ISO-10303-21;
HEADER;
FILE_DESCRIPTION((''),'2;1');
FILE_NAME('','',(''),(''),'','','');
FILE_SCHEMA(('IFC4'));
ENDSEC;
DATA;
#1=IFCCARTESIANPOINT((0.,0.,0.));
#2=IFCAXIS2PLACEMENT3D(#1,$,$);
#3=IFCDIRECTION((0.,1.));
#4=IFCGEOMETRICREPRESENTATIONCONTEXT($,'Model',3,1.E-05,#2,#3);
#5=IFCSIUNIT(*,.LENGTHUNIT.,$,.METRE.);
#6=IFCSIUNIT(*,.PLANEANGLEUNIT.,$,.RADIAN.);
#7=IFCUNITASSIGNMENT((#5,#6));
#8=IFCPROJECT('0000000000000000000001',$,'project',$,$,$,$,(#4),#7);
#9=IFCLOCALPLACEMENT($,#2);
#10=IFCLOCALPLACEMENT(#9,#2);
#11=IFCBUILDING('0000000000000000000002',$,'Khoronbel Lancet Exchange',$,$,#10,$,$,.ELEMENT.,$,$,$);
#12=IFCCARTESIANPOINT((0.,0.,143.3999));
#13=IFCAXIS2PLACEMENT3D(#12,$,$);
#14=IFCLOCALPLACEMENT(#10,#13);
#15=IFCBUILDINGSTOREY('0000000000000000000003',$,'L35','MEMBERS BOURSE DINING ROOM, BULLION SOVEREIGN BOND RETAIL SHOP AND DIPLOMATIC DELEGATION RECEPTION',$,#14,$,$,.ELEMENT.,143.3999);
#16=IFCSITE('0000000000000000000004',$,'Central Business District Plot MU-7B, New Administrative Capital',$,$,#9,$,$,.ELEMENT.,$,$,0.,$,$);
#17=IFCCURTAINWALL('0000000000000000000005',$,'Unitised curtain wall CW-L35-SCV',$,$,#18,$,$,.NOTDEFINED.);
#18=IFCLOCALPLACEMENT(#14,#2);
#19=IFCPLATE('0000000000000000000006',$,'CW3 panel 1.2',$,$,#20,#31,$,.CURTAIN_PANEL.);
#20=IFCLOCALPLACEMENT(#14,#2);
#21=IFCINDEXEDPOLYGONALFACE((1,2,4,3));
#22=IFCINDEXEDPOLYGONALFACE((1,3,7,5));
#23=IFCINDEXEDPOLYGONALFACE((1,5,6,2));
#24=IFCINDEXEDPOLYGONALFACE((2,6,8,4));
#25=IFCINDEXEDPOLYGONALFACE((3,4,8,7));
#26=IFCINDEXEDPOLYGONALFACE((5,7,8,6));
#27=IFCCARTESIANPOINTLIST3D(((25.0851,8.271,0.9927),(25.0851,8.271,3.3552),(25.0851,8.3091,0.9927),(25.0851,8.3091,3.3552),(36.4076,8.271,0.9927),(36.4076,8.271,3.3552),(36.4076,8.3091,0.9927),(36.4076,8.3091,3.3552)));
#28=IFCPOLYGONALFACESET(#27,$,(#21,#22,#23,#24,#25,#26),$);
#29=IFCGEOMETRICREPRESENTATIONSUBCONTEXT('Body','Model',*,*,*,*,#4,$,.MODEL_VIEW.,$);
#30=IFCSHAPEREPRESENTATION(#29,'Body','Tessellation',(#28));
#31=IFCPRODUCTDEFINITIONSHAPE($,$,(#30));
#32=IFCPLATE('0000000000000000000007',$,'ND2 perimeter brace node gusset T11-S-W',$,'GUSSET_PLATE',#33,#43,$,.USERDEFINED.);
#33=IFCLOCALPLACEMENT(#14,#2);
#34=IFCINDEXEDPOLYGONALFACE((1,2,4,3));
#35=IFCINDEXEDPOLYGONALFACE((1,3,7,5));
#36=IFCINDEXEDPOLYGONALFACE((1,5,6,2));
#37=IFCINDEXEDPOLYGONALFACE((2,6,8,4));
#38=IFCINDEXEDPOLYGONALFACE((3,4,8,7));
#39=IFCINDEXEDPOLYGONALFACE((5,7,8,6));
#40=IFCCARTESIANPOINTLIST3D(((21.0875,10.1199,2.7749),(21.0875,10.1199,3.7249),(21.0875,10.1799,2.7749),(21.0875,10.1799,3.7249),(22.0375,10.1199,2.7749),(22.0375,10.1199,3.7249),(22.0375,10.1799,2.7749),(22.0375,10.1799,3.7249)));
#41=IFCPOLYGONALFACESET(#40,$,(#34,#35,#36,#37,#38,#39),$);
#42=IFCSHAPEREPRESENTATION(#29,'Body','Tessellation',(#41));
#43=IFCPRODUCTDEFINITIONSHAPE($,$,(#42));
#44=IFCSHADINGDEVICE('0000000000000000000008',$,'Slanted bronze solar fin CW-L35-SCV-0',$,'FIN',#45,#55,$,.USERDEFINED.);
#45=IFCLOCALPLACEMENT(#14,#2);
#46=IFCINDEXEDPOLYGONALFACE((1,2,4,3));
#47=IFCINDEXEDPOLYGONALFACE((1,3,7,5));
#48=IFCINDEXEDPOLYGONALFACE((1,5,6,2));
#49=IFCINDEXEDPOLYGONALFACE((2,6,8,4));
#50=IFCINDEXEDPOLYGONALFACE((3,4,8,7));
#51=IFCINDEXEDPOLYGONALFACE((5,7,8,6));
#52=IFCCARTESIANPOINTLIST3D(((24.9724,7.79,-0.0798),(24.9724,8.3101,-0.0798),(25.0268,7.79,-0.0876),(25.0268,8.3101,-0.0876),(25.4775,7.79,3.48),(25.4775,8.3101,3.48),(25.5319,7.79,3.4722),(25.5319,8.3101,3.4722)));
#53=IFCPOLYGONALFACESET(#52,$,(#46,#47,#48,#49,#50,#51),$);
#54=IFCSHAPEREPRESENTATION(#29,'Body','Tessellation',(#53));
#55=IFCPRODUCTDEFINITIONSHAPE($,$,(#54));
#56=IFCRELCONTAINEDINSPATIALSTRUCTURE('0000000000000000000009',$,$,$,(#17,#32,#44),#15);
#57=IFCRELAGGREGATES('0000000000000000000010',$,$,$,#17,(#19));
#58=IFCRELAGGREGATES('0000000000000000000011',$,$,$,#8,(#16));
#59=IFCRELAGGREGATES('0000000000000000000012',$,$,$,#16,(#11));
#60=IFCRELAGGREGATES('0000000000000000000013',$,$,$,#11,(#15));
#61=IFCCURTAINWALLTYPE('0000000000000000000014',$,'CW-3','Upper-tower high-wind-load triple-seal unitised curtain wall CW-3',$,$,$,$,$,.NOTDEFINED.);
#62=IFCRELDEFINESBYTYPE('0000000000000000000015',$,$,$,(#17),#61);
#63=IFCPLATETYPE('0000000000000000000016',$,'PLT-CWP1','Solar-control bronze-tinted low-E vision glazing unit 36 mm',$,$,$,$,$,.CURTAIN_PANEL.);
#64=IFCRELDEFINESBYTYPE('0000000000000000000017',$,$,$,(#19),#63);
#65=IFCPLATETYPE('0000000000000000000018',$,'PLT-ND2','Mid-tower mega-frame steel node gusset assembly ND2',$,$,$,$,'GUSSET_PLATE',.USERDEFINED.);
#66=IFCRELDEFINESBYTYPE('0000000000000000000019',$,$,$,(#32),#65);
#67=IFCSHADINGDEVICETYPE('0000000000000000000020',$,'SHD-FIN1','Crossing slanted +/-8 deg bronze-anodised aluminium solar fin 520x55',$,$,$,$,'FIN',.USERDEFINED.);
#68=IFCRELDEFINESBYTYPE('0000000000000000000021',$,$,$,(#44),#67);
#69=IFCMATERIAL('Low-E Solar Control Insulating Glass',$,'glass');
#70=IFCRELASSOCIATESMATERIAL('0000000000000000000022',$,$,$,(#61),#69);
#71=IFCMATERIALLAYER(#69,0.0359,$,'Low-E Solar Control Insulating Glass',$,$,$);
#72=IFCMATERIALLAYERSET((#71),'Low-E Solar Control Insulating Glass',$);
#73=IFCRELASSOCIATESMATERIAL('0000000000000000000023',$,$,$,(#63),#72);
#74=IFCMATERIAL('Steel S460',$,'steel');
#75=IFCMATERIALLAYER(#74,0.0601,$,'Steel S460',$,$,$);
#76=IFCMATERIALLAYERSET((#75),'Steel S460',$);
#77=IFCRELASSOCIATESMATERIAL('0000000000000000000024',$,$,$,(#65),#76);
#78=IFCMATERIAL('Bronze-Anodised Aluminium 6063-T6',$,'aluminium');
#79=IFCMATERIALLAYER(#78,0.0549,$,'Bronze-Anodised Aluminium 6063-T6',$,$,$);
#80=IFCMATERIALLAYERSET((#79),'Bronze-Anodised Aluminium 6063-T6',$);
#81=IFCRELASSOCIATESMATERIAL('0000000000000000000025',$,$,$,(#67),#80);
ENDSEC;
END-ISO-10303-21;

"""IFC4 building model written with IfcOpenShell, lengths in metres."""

from ifc_helpers import new_model, si_unit, direction, frame, origin, origin_2d, place, context, subcontext, project, spatial, polyline, rectangle, outline, extrude, material, layer, layer_set, type_object, element, aggregate, save


model = new_model("IFC4")

# Units and contexts
model_context = context("Model", 3, precision=1e-05, world=origin(), true_north=direction((0.0, 1.0)))
body_context = subcontext(model_context, "Body", "Model", "MODEL_VIEW")
ifc_project = project(units=[si_unit("LENGTHUNIT", "METRE"), si_unit("PLANEANGLEUNIT", "RADIAN")], contexts=[model_context])

# Site, building, storey
site_placement = place(None, origin())
site = spatial("IfcSite", under=ifc_project, at=site_placement, Name="Central Business District Plot MU-7B, New Administrative Capital", CompositionType="ELEMENT", RefElevation=0.0)
building_placement = place(site_placement, origin())
building = spatial("IfcBuilding", under=site, at=building_placement, Name="Khoronbel Lancet Exchange", CompositionType="ELEMENT")
storey_placement = place(building_placement, frame((0.0, 0.0, 143.3999)))
storey = spatial("IfcBuildingStorey", under=building, at=storey_placement, Name="L35", Description="MEMBERS BOURSE DINING ROOM, BULLION SOVEREIGN BOND RETAIL SHOP AND DIPLOMATIC DELEGATION RECEPTION", CompositionType="ELEMENT", Elevation=143.3999)

# Shared definitions
ifc_material_1 = material(Name="Steel S460", Category="steel")

# Shared definitions
ifc_material_2 = material(Name="Low-E Solar Control Insulating Glass", Category="glass")
curtain_wall_type = type_object("IfcCurtainWallType", Name="CW-3", Description="Upper-tower high-wind-load triple-seal unitised curtain wall CW-3", PredefinedType="NOTDEFINED", material=ifc_material_2)
ifc_material_3 = material(Name="Bronze-Anodised Aluminium 6063-T6", Category="aluminium")

# Curtain wall
curtain_wall_1_placement = place(storey_placement, origin())
curtain_wall_1 = element("IfcCurtainWall", 1, at=curtain_wall_1_placement, inside=storey, type_object=curtain_wall_type, Name="Unitised curtain wall CW-L35-SCV", PredefinedType="NOTDEFINED")

# Plates
ifc_layer_1 = layer(ifc_material_2, 0.0359, Name="Low-E Solar Control Insulating Glass")
ifc_layer_set_1 = layer_set([ifc_layer_1], Name="Low-E Solar Control Insulating Glass")
plate_type_1 = type_object("IfcPlateType", Name="PLT-CWP1", Description="Solar-control bronze-tinted low-E vision glazing unit 36 mm", PredefinedType="CURTAIN_PANEL", material=ifc_layer_set_1)
plate_1_placement = place(storey_placement, frame((30.7463, 8.29, 0.9927), z_axis=(0.0, 0.0, 1.0), x_axis=(1.0, 0.0, 0.0)))
plate_1 = element("IfcPlate", 2, at=plate_1_placement, type_object=plate_type_1, Name="CW3 panel 1.2", PredefinedType="CURTAIN_PANEL", context=body_context, shape_type="SweptSolid", body=[
    extrude(rectangle(XDim=11.3225, YDim=0.0381, at=origin_2d()), origin(), (0.0, 0.0, 1.0), 2.3625),
])
aggregate(curtain_wall_1, [plate_1])
ifc_layer_2 = layer(ifc_material_1, 0.0601, Name="Steel S460")
ifc_layer_set_2 = layer_set([ifc_layer_2], Name="Steel S460")
plate_type_2 = type_object("IfcPlateType", Name="PLT-ND2", Description="Mid-tower mega-frame steel node gusset assembly ND2", ElementType="GUSSET_PLATE", PredefinedType="USERDEFINED", material=ifc_layer_set_2)
plate_2_placement = place(storey_placement, frame((21.5625, 10.1499, 2.7749), z_axis=(0.0, 0.0, 1.0), x_axis=(1.0, 0.0, 0.0)))
element("IfcPlate", 3, at=plate_2_placement, inside=storey, type_object=plate_type_2, Name="ND2 perimeter brace node gusset T11-S-W", ObjectType="GUSSET_PLATE", PredefinedType="USERDEFINED", context=body_context, shape_type="SweptSolid", body=[
    extrude(rectangle(XDim=0.95, YDim=0.0601, at=origin_2d()), origin(), (0.0, 0.0, 1.0), 0.95),
])

# Shading device
ifc_layer_3 = layer(ifc_material_3, 0.0549, Name="Bronze-Anodised Aluminium 6063-T6")
ifc_layer_set_3 = layer_set([ifc_layer_3], Name="Bronze-Anodised Aluminium 6063-T6")
shading_device_type = type_object("IfcShadingDeviceType", Name="SHD-FIN1", Description="Crossing slanted +/-8 deg bronze-anodised aluminium solar fin 520x55", ElementType="FIN", PredefinedType="USERDEFINED", material=ifc_layer_set_3)
shading_device_placement = place(storey_placement, frame((24.9724, 8.3101, -0.0798), z_axis=(-0.990082, 0.0, 0.14049), x_axis=(0.0, -1.0, 0.0)))
element("IfcShadingDevice", 4, at=shading_device_placement, inside=storey, type_object=shading_device_type, Name="Slanted bronze solar fin CW-L35-SCV-0", ObjectType="FIN", PredefinedType="USERDEFINED", context=body_context, shape_type="SweptSolid", body=[
    extrude(outline(polyline([(0.0, 0.0), (0.52, 0.0), (0.52, 3.5955), (0.0, 3.5955), (0.0, 0.0)])), origin(), (0.0, 0.0, -1.0), 0.0549),
])

save(model, "model.ifc")
